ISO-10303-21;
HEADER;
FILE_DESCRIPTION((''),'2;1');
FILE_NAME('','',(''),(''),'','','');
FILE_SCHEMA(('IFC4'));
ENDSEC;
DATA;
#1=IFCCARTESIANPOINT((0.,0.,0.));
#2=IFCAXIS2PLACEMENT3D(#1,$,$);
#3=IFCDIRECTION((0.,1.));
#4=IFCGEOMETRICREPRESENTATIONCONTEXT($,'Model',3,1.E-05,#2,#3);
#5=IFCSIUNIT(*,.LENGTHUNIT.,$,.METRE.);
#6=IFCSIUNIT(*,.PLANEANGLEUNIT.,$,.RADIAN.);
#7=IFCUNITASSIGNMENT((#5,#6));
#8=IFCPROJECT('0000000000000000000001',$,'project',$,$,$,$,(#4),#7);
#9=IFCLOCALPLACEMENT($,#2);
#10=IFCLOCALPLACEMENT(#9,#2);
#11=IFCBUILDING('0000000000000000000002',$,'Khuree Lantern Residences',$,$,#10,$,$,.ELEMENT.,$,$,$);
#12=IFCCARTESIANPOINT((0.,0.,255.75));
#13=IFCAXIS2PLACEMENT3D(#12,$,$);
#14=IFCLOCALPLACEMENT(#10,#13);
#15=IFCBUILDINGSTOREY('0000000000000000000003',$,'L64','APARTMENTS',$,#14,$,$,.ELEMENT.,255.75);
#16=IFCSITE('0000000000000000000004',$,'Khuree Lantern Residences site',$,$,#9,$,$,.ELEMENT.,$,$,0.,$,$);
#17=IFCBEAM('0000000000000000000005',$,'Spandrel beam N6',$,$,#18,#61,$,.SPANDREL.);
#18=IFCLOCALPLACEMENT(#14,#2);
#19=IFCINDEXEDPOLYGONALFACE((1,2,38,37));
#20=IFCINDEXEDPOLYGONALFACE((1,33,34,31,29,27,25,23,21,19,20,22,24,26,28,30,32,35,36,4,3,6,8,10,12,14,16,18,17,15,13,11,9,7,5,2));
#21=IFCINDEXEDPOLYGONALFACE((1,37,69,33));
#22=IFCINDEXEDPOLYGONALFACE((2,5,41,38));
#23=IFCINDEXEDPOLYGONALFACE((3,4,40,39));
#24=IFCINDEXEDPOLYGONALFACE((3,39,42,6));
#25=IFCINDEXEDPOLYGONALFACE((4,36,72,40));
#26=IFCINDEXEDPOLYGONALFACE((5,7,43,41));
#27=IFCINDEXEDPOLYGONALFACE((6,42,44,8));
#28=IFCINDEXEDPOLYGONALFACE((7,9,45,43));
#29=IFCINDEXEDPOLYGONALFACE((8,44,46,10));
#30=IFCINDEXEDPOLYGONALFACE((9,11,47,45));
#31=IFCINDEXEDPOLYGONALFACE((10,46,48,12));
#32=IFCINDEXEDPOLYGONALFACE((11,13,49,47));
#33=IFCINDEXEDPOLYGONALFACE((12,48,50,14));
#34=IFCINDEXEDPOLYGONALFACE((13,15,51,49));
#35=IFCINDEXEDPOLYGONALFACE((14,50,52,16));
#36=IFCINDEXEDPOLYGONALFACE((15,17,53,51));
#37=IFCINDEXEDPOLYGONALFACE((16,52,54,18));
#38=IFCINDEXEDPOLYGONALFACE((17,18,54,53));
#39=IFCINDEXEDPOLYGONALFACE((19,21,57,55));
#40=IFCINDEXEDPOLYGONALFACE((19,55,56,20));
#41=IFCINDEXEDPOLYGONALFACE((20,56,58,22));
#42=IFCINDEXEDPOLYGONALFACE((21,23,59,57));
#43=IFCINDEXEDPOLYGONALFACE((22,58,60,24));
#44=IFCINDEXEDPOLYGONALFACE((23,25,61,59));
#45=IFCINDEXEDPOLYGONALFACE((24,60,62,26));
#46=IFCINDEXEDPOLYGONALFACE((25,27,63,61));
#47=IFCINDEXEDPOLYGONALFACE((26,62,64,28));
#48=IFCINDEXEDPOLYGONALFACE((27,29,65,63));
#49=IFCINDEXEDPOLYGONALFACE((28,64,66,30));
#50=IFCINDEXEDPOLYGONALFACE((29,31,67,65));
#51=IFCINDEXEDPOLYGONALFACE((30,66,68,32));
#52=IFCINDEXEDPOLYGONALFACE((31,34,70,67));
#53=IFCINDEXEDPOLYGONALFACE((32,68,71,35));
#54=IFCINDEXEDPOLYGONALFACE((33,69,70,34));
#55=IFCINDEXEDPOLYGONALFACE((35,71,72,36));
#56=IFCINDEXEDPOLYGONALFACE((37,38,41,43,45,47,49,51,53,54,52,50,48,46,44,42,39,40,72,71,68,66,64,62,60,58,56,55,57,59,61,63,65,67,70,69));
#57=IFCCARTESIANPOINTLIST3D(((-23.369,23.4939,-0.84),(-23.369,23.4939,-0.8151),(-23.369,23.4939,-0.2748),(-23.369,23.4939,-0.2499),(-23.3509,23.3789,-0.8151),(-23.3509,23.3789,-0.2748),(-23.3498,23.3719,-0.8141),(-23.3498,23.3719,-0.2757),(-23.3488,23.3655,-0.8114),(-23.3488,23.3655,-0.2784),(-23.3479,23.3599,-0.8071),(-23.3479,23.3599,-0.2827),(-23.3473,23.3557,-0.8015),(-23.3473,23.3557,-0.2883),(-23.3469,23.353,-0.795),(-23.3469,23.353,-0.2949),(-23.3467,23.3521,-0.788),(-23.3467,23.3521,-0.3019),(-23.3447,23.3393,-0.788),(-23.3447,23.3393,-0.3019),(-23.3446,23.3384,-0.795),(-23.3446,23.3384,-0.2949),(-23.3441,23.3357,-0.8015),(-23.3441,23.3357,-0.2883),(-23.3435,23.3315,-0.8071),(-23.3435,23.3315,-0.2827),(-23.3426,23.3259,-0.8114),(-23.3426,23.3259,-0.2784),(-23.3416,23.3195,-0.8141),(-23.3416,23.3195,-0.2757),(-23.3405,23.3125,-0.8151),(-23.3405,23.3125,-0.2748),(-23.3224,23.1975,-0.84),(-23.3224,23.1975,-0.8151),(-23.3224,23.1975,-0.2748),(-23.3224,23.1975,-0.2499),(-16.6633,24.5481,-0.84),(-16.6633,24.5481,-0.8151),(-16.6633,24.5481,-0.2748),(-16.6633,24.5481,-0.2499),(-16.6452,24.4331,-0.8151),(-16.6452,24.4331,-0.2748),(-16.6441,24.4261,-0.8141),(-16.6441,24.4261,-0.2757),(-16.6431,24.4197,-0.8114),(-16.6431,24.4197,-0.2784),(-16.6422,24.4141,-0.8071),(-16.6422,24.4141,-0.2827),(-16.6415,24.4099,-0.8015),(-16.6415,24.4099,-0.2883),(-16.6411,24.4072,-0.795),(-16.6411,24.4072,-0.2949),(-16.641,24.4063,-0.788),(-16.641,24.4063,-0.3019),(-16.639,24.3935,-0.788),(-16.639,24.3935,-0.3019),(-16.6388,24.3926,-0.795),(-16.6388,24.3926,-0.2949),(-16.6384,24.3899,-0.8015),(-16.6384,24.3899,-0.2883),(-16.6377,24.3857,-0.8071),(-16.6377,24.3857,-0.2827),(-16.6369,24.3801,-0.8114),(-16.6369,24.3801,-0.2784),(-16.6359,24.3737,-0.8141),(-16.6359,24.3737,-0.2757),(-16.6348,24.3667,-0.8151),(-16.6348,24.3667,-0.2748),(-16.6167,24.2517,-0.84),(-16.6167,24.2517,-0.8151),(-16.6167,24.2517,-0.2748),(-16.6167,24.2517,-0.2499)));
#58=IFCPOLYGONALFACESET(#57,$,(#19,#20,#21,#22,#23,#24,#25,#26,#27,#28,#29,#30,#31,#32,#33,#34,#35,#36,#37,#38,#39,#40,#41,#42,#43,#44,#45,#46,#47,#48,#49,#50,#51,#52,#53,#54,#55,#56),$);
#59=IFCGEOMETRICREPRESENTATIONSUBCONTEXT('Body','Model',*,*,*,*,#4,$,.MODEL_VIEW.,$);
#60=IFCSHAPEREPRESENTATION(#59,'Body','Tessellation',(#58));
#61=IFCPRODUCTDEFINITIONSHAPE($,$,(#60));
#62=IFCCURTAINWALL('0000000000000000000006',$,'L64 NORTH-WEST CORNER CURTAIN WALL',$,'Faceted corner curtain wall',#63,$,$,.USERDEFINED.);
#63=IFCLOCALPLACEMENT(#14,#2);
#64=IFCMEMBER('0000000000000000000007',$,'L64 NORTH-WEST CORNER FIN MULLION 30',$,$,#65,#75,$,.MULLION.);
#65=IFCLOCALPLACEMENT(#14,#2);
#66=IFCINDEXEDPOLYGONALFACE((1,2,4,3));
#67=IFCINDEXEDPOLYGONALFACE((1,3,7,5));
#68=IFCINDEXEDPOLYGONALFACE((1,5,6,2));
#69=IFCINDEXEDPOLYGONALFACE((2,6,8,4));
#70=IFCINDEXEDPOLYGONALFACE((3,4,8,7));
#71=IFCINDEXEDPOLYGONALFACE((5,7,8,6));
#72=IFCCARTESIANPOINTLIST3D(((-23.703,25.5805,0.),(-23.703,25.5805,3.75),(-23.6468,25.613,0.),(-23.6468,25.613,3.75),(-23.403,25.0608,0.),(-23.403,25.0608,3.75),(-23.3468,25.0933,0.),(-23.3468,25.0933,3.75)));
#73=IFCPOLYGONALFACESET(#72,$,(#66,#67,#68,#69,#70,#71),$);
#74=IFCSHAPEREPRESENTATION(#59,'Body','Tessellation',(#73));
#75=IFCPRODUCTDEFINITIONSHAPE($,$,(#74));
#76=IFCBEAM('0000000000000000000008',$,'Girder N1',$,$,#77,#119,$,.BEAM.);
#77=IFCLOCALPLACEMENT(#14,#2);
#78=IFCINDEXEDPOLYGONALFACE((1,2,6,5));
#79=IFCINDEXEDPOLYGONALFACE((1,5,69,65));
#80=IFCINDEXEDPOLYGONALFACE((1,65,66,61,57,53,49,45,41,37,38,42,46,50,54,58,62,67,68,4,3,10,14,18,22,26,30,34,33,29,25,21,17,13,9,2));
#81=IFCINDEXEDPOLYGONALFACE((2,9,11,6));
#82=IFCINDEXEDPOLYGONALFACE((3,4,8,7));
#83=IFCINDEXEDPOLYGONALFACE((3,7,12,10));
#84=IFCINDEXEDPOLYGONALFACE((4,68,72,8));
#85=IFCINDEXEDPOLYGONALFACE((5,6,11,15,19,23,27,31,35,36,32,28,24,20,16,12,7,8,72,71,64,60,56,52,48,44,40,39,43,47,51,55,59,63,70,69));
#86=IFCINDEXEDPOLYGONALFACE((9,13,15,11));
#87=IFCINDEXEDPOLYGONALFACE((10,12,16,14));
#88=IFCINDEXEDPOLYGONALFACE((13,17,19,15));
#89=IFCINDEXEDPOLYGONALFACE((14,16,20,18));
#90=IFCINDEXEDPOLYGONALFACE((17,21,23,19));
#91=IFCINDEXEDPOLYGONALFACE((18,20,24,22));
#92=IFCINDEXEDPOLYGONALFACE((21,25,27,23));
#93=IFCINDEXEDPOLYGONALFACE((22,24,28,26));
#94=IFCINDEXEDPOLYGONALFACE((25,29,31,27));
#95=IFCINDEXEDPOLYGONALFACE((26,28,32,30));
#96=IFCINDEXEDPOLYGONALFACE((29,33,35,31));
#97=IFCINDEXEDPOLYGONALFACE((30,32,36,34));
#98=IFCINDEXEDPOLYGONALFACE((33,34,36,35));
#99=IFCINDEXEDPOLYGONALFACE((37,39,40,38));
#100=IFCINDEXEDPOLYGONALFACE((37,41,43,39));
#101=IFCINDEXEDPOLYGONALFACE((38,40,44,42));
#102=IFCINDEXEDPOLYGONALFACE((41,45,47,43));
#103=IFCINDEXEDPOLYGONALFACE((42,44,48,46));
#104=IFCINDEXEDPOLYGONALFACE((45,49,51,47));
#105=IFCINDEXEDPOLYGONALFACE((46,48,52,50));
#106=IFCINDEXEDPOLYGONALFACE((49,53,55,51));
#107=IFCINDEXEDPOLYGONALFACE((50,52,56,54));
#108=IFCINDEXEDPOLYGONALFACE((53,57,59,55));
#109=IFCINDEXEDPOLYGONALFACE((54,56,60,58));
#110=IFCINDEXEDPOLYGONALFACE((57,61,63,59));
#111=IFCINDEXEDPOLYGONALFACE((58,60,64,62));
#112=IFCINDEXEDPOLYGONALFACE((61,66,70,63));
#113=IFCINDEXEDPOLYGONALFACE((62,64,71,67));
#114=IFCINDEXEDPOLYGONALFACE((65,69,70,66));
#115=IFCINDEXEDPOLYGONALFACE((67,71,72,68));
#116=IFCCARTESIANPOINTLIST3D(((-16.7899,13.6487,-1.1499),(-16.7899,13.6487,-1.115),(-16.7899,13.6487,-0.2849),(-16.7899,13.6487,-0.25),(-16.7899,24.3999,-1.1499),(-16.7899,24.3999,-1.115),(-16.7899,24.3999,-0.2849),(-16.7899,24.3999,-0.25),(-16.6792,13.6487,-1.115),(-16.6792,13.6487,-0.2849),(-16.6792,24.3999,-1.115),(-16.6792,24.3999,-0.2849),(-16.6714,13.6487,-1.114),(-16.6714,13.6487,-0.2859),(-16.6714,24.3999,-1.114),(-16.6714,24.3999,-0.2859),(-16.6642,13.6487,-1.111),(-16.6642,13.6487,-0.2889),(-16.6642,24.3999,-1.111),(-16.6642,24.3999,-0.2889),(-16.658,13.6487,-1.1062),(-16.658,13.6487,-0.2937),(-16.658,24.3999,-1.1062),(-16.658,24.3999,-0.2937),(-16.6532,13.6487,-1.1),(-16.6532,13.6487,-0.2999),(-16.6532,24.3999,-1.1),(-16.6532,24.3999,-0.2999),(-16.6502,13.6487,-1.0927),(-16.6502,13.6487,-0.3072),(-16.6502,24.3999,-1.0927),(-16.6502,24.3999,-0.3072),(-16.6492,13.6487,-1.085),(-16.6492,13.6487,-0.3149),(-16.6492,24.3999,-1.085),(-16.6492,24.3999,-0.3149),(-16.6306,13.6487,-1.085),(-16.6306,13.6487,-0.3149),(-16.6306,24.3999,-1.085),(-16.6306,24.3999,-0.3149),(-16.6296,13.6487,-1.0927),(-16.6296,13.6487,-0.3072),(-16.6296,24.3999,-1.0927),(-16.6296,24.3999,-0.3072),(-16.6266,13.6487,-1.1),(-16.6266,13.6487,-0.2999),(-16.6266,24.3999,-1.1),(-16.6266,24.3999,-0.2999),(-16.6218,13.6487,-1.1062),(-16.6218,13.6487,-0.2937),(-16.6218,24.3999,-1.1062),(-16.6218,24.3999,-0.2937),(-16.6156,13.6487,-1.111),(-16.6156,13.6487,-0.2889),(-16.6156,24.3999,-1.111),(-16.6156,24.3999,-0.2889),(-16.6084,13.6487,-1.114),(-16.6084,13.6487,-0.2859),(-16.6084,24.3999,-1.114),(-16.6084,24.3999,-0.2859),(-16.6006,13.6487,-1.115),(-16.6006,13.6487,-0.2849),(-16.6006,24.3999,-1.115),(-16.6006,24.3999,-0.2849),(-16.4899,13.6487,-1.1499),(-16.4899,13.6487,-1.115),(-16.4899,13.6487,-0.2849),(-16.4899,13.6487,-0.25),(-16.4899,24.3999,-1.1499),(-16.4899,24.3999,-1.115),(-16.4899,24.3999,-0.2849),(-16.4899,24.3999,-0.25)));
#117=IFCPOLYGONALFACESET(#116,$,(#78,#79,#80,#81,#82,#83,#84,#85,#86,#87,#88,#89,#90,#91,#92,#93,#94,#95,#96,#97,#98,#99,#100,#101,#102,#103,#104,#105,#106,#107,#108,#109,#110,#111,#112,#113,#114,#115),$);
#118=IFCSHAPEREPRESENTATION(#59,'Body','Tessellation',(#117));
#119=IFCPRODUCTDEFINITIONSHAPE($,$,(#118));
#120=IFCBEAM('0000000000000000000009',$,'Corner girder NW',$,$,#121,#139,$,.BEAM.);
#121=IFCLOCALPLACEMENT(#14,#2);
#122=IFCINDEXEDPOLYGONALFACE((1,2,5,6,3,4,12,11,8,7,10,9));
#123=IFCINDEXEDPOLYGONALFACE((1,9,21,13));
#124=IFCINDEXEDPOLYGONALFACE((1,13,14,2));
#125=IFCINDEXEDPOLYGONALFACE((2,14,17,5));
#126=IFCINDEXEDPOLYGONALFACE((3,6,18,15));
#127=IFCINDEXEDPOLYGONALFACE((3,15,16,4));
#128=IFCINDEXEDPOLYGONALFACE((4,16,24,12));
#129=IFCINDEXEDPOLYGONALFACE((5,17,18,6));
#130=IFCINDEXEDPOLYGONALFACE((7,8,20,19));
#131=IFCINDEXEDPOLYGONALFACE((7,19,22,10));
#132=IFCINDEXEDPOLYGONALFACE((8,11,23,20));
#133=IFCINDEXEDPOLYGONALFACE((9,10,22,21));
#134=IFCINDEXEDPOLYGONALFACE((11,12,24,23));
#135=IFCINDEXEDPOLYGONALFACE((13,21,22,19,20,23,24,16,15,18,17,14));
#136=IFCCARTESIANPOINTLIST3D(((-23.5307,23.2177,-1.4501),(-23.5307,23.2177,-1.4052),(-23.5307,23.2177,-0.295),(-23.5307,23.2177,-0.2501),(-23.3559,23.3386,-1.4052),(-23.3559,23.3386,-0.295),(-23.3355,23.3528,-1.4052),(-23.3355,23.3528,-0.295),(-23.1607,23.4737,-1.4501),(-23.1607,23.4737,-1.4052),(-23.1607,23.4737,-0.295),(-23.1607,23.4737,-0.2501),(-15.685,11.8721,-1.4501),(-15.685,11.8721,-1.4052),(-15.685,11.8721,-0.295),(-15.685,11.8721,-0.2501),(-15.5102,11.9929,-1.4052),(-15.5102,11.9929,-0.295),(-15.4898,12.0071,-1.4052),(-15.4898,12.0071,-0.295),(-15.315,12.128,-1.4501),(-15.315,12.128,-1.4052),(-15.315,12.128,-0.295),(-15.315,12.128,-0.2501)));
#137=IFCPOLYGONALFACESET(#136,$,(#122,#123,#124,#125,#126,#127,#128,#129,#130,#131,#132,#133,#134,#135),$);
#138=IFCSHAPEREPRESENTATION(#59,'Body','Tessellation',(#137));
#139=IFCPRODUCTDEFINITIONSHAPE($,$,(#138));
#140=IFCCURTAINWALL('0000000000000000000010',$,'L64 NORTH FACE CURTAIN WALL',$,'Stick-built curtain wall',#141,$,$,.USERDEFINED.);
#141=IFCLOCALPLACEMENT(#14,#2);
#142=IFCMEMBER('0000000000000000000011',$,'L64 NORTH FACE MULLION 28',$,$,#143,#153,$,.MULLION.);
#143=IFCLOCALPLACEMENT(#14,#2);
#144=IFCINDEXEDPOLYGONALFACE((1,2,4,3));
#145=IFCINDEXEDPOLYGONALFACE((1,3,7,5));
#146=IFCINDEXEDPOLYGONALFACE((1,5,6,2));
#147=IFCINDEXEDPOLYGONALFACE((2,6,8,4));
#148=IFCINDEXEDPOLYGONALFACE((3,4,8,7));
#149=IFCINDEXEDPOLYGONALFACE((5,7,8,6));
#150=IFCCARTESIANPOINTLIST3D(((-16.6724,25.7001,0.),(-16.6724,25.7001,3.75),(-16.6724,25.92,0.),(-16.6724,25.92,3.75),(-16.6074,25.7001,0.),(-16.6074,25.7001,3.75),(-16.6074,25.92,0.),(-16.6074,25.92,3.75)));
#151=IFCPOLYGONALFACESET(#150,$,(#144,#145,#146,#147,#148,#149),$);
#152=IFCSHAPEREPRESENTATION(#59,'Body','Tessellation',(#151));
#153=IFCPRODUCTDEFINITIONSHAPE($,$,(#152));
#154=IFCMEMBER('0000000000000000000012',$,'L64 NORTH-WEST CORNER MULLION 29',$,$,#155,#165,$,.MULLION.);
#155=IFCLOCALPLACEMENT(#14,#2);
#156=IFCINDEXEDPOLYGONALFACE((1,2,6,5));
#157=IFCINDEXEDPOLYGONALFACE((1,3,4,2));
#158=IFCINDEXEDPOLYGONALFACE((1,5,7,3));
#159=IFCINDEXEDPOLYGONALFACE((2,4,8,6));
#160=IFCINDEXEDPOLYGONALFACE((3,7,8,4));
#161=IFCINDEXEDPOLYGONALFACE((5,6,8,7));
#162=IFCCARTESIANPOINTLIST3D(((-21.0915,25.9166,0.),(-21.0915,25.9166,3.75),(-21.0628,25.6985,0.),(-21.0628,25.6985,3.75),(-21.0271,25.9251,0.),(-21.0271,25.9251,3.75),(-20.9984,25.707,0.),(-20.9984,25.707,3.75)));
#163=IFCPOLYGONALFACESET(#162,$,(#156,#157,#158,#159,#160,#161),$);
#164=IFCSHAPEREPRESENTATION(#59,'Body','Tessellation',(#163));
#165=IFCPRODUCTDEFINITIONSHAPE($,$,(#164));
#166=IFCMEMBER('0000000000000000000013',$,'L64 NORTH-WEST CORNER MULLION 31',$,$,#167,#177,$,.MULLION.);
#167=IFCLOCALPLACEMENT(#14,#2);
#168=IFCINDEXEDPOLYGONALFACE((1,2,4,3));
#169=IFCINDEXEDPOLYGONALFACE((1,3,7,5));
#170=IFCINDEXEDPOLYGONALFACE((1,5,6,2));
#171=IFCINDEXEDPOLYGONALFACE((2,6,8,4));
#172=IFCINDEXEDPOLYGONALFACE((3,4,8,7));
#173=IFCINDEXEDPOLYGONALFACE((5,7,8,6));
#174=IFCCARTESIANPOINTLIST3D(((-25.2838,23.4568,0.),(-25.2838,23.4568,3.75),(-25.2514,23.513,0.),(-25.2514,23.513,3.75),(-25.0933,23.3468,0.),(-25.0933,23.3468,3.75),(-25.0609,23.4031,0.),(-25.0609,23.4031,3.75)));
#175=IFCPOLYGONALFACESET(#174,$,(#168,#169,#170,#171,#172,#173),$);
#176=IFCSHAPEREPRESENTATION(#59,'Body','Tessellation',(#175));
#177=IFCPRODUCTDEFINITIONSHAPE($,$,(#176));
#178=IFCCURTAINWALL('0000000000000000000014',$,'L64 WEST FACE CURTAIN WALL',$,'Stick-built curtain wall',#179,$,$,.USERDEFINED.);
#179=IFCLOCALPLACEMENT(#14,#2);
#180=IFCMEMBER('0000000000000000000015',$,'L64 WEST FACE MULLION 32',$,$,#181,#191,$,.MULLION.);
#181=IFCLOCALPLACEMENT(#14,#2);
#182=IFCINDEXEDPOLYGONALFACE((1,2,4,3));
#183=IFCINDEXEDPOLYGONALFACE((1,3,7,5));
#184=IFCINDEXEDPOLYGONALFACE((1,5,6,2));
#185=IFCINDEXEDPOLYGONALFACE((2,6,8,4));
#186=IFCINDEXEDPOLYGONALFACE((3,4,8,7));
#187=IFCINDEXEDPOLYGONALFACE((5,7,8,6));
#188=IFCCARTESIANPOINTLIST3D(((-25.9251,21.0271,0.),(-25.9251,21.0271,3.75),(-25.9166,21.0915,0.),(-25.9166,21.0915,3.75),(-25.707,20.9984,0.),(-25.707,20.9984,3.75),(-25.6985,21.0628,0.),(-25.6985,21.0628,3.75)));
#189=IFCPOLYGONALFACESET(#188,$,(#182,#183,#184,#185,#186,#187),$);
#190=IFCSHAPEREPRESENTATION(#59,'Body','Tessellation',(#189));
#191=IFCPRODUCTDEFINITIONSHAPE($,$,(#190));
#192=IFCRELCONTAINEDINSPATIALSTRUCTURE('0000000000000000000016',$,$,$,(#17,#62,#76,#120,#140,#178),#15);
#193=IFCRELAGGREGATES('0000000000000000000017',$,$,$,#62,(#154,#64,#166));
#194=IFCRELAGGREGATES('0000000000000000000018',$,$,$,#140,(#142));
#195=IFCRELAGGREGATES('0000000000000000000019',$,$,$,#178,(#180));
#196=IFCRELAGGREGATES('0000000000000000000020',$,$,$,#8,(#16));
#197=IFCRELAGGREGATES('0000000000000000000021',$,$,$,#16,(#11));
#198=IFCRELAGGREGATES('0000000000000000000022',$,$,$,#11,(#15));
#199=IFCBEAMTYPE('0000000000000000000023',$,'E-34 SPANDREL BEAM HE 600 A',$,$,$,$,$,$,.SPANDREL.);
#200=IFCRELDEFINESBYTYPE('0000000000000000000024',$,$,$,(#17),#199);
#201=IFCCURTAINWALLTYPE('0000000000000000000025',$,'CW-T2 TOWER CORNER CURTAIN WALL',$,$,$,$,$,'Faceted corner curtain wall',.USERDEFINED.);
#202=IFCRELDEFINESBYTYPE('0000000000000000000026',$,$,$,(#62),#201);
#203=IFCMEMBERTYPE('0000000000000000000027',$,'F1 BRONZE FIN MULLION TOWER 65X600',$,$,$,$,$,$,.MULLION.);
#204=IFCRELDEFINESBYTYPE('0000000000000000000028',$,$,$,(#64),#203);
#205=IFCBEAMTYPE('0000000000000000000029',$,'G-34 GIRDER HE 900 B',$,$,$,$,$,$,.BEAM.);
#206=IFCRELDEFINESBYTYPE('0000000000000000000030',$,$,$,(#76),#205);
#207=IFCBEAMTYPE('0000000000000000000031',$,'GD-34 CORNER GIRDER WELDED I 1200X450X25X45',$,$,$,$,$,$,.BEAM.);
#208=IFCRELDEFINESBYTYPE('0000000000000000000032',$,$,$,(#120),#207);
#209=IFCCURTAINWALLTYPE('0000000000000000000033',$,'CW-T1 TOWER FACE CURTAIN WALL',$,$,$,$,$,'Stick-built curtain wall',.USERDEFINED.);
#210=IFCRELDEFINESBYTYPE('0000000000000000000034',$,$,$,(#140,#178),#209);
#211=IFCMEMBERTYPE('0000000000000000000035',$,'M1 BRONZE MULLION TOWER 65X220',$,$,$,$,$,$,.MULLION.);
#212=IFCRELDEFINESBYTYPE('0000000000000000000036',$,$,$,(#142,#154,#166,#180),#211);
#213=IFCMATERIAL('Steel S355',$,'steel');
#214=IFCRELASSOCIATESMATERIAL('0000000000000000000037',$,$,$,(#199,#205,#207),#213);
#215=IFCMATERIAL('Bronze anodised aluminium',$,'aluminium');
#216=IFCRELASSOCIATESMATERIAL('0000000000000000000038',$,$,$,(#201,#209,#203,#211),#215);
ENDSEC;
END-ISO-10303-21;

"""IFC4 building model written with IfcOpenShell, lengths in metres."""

from ifc_helpers import new_model, si_unit, direction, frame, origin, origin_2d, place, context, subcontext, project, spatial, rectangle, i_section, extrude, material, material_profile, profile_set, type_object, element, aggregate, save


model = new_model("IFC4")

# Units and contexts
model_context = context("Model", 3, precision=1e-05, world=origin(), true_north=direction((0.0, 1.0)))
body_context = subcontext(model_context, "Body", "Model", "MODEL_VIEW")
ifc_project = project(units=[si_unit("LENGTHUNIT", "METRE"), si_unit("PLANEANGLEUNIT", "RADIAN")], contexts=[model_context])

# Site, building, storey
site_placement = place(None, origin())
site = spatial("IfcSite", under=ifc_project, at=site_placement, Name="Khuree Lantern Residences site", CompositionType="ELEMENT", RefElevation=0.0)
building_placement = place(site_placement, origin())
building = spatial("IfcBuilding", under=site, at=building_placement, Name="Khuree Lantern Residences", CompositionType="ELEMENT")
storey_placement = place(building_placement, frame((0.0, 0.0, 255.75)))
storey = spatial("IfcBuildingStorey", under=building, at=storey_placement, Name="L64", Description="APARTMENTS", CompositionType="ELEMENT", Elevation=255.75)

# Beam
ifc_material_1 = material(Name="Steel S355", Category="steel")
ifc_material_profile_1 = material_profile(ifc_material_1, i_section(OverallWidth=0.3, OverallDepth=0.5901, WebThickness=0.0129, FlangeThickness=0.0249, FilletRadius=0.0271, at=origin_2d()), Name="HE 600 A")
ifc_profile_set_1 = profile_set([ifc_material_profile_1], Name="Steel S355")
beam_type_1 = type_object("IfcBeamType", Name="E-34 SPANDREL BEAM HE 600 A", PredefinedType="SPANDREL", material=ifc_profile_set_1)
beam_1_placement = place(storey_placement, frame((-23.3457, 23.3457, -0.5449), z_axis=(0.987867, 0.1553, 0.0), x_axis=(-0.1553, 0.987867, 0.0)))
element("IfcBeam", 1, at=beam_1_placement, inside=storey, type_object=beam_type_1, Name="Spandrel beam N6", PredefinedType="SPANDREL", context=body_context, shape_type="SweptSolid", body=[
    extrude(i_section(OverallWidth=0.3, OverallDepth=0.5901, WebThickness=0.0129, FlangeThickness=0.0249, FilletRadius=0.0271, at=origin_2d()), origin(), (0.0, 0.0, 1.0), 6.7881),
])

# Curtain wall, member
ifc_material_2 = material(Name="Bronze anodised aluminium", Category="aluminium")
curtain_wall_type_1 = type_object("IfcCurtainWallType", Name="CW-T2 TOWER CORNER CURTAIN WALL", ElementType="Faceted corner curtain wall", PredefinedType="USERDEFINED", material=ifc_material_2)
curtain_wall_1_placement = place(storey_placement, origin())
curtain_wall_1 = element("IfcCurtainWall", 2, at=curtain_wall_1_placement, inside=storey, type_object=curtain_wall_type_1, Name="L64 NORTH-WEST CORNER CURTAIN WALL", ObjectType="Faceted corner curtain wall", PredefinedType="USERDEFINED")
ifc_material_profile_2 = material_profile(ifc_material_2, rectangle(XDim=0.0649, YDim=0.6001, at=origin_2d()), Name="F1 65X600")
ifc_profile_set_2 = profile_set([ifc_material_profile_2], Name="Bronze anodised aluminium")
member_type_1 = type_object("IfcMemberType", Name="F1 BRONZE FIN MULLION TOWER 65X600", PredefinedType="MULLION", material=ifc_profile_set_2)
member_1_placement = place(storey_placement, frame((-23.5249, 25.3369, 0.0), z_axis=(0.0, 0.0, 1.0), x_axis=(-0.866025, -0.5, 0.0)))
member_1 = element("IfcMember", 3, at=member_1_placement, type_object=member_type_1, Name="L64 NORTH-WEST CORNER FIN MULLION 30", PredefinedType="MULLION", context=body_context, shape_type="SweptSolid", body=[
    extrude(rectangle(XDim=0.0649, YDim=0.6001, at=origin_2d()), origin(), (0.0, 0.0, 1.0), 3.75),
])

# Beams
ifc_material_profile_3 = material_profile(ifc_material_1, i_section(OverallWidth=0.3, OverallDepth=0.8999, WebThickness=0.0186, FlangeThickness=0.0349, FilletRadius=0.03, at=origin_2d()), Name="HE 900 B")
ifc_profile_set_3 = profile_set([ifc_material_profile_3], Name="Steel S355")
beam_type_2 = type_object("IfcBeamType", Name="G-34 GIRDER HE 900 B", PredefinedType="BEAM", material=ifc_profile_set_3)
beam_2_placement = place(storey_placement, frame((-16.6399, 24.3999, -0.7), z_axis=(0.0, -1.0, 0.0), x_axis=(1.0, 0.0, 0.0)))
element("IfcBeam", 4, at=beam_2_placement, inside=storey, type_object=beam_type_2, Name="Girder N1", PredefinedType="BEAM", context=body_context, shape_type="SweptSolid", body=[
    extrude(i_section(OverallWidth=0.3, OverallDepth=0.8999, WebThickness=0.0186, FlangeThickness=0.0349, FilletRadius=0.03, at=origin_2d()), origin(), (0.0, 0.0, 1.0), 10.7512),
])
ifc_material_profile_4 = material_profile(ifc_material_1, i_section(OverallWidth=0.45, OverallDepth=1.2, WebThickness=0.0249, FlangeThickness=0.0449, at=origin_2d()), Name="WELDED I 1200X450X25X45")
ifc_profile_set_4 = profile_set([ifc_material_profile_4], Name="Steel S355")
beam_type_3 = type_object("IfcBeamType", Name="GD-34 CORNER GIRDER WELDED I 1200X450X25X45", PredefinedType="BEAM", material=ifc_profile_set_4)
beam_3_placement = place(storey_placement, frame((-23.3457, 23.3457, -0.8501), z_axis=(0.568768, -0.822498, 0.0), x_axis=(0.822498, 0.568768, 0.0)))
element("IfcBeam", 5, at=beam_3_placement, inside=storey, type_object=beam_type_3, Name="Corner girder NW", PredefinedType="BEAM", context=body_context, shape_type="SweptSolid", body=[
    extrude(i_section(OverallWidth=0.45, OverallDepth=1.2, WebThickness=0.0249, FlangeThickness=0.0449, at=origin_2d()), origin(), (0.0, 0.0, 1.0), 13.7942),
])

# Curtain wall, member
curtain_wall_type_2 = type_object("IfcCurtainWallType", Name="CW-T1 TOWER FACE CURTAIN WALL", ElementType="Stick-built curtain wall", PredefinedType="USERDEFINED", material=ifc_material_2)
curtain_wall_2_placement = place(storey_placement, origin())
curtain_wall_2 = element("IfcCurtainWall", 6, at=curtain_wall_2_placement, inside=storey, type_object=curtain_wall_type_2, Name="L64 NORTH FACE CURTAIN WALL", ObjectType="Stick-built curtain wall", PredefinedType="USERDEFINED")
ifc_material_profile_5 = material_profile(ifc_material_2, rectangle(XDim=0.0649, YDim=0.22, at=origin_2d()), Name="M1 65X220")
ifc_profile_set_5 = profile_set([ifc_material_profile_5], Name="Bronze anodised aluminium")
member_type_2 = type_object("IfcMemberType", Name="M1 BRONZE MULLION TOWER 65X220", PredefinedType="MULLION", material=ifc_profile_set_5)
member_2_placement = place(storey_placement, frame((-16.6399, 25.8101, 0.0), z_axis=(0.0, 0.0, 1.0), x_axis=(-1.0, 0.0, 0.0)))
member_2 = element("IfcMember", 7, at=member_2_placement, type_object=member_type_2, Name="L64 NORTH FACE MULLION 28", PredefinedType="MULLION", context=body_context, shape_type="SweptSolid", body=[
    extrude(rectangle(XDim=0.0649, YDim=0.22, at=origin_2d()), origin(), (0.0, 0.0, 1.0), 3.75),
])

# Members
member_3_placement = place(storey_placement, frame((-21.0449, 25.8118, 0.0), z_axis=(0.0, 0.0, 1.0), x_axis=(-0.991445, -0.130526, 0.0)))
member_3 = element("IfcMember", 8, at=member_3_placement, type_object=member_type_2, Name="L64 NORTH-WEST CORNER MULLION 29", PredefinedType="MULLION", context=body_context, shape_type="SweptSolid", body=[
    extrude(rectangle(XDim=0.0649, YDim=0.22, at=origin_2d()), origin(), (0.0, 0.0, 1.0), 3.75),
])
member_4_placement = place(storey_placement, frame((-25.1724, 23.4299, 0.0), z_axis=(0.0, 0.0, 1.0), x_axis=(-0.5, -0.866025, 0.0)))
member_4 = element("IfcMember", 9, at=member_4_placement, type_object=member_type_2, Name="L64 NORTH-WEST CORNER MULLION 31", PredefinedType="MULLION", context=body_context, shape_type="SweptSolid", body=[
    extrude(rectangle(XDim=0.0649, YDim=0.22, at=origin_2d()), origin(), (0.0, 0.0, 1.0), 3.75),
])

# Curtain wall, member
curtain_wall_3_placement = place(storey_placement, origin())
curtain_wall_3 = element("IfcCurtainWall", 10, at=curtain_wall_3_placement, inside=storey, type_object=curtain_wall_type_2, Name="L64 WEST FACE CURTAIN WALL", ObjectType="Stick-built curtain wall", PredefinedType="USERDEFINED")
member_5_placement = place(storey_placement, frame((-25.8118, 21.0449, 0.0), z_axis=(0.0, 0.0, 1.0), x_axis=(-0.130526, -0.991445, 0.0)))
member_5 = element("IfcMember", 11, at=member_5_placement, type_object=member_type_2, Name="L64 WEST FACE MULLION 32", PredefinedType="MULLION", context=body_context, shape_type="SweptSolid", body=[
    extrude(rectangle(XDim=0.0649, YDim=0.22, at=origin_2d()), origin(), (0.0, 0.0, 1.0), 3.75),
])

aggregate(curtain_wall_1, [member_3, member_1, member_4])
aggregate(curtain_wall_2, [member_2])
aggregate(curtain_wall_3, [member_5])

save(model, "model.ifc")
